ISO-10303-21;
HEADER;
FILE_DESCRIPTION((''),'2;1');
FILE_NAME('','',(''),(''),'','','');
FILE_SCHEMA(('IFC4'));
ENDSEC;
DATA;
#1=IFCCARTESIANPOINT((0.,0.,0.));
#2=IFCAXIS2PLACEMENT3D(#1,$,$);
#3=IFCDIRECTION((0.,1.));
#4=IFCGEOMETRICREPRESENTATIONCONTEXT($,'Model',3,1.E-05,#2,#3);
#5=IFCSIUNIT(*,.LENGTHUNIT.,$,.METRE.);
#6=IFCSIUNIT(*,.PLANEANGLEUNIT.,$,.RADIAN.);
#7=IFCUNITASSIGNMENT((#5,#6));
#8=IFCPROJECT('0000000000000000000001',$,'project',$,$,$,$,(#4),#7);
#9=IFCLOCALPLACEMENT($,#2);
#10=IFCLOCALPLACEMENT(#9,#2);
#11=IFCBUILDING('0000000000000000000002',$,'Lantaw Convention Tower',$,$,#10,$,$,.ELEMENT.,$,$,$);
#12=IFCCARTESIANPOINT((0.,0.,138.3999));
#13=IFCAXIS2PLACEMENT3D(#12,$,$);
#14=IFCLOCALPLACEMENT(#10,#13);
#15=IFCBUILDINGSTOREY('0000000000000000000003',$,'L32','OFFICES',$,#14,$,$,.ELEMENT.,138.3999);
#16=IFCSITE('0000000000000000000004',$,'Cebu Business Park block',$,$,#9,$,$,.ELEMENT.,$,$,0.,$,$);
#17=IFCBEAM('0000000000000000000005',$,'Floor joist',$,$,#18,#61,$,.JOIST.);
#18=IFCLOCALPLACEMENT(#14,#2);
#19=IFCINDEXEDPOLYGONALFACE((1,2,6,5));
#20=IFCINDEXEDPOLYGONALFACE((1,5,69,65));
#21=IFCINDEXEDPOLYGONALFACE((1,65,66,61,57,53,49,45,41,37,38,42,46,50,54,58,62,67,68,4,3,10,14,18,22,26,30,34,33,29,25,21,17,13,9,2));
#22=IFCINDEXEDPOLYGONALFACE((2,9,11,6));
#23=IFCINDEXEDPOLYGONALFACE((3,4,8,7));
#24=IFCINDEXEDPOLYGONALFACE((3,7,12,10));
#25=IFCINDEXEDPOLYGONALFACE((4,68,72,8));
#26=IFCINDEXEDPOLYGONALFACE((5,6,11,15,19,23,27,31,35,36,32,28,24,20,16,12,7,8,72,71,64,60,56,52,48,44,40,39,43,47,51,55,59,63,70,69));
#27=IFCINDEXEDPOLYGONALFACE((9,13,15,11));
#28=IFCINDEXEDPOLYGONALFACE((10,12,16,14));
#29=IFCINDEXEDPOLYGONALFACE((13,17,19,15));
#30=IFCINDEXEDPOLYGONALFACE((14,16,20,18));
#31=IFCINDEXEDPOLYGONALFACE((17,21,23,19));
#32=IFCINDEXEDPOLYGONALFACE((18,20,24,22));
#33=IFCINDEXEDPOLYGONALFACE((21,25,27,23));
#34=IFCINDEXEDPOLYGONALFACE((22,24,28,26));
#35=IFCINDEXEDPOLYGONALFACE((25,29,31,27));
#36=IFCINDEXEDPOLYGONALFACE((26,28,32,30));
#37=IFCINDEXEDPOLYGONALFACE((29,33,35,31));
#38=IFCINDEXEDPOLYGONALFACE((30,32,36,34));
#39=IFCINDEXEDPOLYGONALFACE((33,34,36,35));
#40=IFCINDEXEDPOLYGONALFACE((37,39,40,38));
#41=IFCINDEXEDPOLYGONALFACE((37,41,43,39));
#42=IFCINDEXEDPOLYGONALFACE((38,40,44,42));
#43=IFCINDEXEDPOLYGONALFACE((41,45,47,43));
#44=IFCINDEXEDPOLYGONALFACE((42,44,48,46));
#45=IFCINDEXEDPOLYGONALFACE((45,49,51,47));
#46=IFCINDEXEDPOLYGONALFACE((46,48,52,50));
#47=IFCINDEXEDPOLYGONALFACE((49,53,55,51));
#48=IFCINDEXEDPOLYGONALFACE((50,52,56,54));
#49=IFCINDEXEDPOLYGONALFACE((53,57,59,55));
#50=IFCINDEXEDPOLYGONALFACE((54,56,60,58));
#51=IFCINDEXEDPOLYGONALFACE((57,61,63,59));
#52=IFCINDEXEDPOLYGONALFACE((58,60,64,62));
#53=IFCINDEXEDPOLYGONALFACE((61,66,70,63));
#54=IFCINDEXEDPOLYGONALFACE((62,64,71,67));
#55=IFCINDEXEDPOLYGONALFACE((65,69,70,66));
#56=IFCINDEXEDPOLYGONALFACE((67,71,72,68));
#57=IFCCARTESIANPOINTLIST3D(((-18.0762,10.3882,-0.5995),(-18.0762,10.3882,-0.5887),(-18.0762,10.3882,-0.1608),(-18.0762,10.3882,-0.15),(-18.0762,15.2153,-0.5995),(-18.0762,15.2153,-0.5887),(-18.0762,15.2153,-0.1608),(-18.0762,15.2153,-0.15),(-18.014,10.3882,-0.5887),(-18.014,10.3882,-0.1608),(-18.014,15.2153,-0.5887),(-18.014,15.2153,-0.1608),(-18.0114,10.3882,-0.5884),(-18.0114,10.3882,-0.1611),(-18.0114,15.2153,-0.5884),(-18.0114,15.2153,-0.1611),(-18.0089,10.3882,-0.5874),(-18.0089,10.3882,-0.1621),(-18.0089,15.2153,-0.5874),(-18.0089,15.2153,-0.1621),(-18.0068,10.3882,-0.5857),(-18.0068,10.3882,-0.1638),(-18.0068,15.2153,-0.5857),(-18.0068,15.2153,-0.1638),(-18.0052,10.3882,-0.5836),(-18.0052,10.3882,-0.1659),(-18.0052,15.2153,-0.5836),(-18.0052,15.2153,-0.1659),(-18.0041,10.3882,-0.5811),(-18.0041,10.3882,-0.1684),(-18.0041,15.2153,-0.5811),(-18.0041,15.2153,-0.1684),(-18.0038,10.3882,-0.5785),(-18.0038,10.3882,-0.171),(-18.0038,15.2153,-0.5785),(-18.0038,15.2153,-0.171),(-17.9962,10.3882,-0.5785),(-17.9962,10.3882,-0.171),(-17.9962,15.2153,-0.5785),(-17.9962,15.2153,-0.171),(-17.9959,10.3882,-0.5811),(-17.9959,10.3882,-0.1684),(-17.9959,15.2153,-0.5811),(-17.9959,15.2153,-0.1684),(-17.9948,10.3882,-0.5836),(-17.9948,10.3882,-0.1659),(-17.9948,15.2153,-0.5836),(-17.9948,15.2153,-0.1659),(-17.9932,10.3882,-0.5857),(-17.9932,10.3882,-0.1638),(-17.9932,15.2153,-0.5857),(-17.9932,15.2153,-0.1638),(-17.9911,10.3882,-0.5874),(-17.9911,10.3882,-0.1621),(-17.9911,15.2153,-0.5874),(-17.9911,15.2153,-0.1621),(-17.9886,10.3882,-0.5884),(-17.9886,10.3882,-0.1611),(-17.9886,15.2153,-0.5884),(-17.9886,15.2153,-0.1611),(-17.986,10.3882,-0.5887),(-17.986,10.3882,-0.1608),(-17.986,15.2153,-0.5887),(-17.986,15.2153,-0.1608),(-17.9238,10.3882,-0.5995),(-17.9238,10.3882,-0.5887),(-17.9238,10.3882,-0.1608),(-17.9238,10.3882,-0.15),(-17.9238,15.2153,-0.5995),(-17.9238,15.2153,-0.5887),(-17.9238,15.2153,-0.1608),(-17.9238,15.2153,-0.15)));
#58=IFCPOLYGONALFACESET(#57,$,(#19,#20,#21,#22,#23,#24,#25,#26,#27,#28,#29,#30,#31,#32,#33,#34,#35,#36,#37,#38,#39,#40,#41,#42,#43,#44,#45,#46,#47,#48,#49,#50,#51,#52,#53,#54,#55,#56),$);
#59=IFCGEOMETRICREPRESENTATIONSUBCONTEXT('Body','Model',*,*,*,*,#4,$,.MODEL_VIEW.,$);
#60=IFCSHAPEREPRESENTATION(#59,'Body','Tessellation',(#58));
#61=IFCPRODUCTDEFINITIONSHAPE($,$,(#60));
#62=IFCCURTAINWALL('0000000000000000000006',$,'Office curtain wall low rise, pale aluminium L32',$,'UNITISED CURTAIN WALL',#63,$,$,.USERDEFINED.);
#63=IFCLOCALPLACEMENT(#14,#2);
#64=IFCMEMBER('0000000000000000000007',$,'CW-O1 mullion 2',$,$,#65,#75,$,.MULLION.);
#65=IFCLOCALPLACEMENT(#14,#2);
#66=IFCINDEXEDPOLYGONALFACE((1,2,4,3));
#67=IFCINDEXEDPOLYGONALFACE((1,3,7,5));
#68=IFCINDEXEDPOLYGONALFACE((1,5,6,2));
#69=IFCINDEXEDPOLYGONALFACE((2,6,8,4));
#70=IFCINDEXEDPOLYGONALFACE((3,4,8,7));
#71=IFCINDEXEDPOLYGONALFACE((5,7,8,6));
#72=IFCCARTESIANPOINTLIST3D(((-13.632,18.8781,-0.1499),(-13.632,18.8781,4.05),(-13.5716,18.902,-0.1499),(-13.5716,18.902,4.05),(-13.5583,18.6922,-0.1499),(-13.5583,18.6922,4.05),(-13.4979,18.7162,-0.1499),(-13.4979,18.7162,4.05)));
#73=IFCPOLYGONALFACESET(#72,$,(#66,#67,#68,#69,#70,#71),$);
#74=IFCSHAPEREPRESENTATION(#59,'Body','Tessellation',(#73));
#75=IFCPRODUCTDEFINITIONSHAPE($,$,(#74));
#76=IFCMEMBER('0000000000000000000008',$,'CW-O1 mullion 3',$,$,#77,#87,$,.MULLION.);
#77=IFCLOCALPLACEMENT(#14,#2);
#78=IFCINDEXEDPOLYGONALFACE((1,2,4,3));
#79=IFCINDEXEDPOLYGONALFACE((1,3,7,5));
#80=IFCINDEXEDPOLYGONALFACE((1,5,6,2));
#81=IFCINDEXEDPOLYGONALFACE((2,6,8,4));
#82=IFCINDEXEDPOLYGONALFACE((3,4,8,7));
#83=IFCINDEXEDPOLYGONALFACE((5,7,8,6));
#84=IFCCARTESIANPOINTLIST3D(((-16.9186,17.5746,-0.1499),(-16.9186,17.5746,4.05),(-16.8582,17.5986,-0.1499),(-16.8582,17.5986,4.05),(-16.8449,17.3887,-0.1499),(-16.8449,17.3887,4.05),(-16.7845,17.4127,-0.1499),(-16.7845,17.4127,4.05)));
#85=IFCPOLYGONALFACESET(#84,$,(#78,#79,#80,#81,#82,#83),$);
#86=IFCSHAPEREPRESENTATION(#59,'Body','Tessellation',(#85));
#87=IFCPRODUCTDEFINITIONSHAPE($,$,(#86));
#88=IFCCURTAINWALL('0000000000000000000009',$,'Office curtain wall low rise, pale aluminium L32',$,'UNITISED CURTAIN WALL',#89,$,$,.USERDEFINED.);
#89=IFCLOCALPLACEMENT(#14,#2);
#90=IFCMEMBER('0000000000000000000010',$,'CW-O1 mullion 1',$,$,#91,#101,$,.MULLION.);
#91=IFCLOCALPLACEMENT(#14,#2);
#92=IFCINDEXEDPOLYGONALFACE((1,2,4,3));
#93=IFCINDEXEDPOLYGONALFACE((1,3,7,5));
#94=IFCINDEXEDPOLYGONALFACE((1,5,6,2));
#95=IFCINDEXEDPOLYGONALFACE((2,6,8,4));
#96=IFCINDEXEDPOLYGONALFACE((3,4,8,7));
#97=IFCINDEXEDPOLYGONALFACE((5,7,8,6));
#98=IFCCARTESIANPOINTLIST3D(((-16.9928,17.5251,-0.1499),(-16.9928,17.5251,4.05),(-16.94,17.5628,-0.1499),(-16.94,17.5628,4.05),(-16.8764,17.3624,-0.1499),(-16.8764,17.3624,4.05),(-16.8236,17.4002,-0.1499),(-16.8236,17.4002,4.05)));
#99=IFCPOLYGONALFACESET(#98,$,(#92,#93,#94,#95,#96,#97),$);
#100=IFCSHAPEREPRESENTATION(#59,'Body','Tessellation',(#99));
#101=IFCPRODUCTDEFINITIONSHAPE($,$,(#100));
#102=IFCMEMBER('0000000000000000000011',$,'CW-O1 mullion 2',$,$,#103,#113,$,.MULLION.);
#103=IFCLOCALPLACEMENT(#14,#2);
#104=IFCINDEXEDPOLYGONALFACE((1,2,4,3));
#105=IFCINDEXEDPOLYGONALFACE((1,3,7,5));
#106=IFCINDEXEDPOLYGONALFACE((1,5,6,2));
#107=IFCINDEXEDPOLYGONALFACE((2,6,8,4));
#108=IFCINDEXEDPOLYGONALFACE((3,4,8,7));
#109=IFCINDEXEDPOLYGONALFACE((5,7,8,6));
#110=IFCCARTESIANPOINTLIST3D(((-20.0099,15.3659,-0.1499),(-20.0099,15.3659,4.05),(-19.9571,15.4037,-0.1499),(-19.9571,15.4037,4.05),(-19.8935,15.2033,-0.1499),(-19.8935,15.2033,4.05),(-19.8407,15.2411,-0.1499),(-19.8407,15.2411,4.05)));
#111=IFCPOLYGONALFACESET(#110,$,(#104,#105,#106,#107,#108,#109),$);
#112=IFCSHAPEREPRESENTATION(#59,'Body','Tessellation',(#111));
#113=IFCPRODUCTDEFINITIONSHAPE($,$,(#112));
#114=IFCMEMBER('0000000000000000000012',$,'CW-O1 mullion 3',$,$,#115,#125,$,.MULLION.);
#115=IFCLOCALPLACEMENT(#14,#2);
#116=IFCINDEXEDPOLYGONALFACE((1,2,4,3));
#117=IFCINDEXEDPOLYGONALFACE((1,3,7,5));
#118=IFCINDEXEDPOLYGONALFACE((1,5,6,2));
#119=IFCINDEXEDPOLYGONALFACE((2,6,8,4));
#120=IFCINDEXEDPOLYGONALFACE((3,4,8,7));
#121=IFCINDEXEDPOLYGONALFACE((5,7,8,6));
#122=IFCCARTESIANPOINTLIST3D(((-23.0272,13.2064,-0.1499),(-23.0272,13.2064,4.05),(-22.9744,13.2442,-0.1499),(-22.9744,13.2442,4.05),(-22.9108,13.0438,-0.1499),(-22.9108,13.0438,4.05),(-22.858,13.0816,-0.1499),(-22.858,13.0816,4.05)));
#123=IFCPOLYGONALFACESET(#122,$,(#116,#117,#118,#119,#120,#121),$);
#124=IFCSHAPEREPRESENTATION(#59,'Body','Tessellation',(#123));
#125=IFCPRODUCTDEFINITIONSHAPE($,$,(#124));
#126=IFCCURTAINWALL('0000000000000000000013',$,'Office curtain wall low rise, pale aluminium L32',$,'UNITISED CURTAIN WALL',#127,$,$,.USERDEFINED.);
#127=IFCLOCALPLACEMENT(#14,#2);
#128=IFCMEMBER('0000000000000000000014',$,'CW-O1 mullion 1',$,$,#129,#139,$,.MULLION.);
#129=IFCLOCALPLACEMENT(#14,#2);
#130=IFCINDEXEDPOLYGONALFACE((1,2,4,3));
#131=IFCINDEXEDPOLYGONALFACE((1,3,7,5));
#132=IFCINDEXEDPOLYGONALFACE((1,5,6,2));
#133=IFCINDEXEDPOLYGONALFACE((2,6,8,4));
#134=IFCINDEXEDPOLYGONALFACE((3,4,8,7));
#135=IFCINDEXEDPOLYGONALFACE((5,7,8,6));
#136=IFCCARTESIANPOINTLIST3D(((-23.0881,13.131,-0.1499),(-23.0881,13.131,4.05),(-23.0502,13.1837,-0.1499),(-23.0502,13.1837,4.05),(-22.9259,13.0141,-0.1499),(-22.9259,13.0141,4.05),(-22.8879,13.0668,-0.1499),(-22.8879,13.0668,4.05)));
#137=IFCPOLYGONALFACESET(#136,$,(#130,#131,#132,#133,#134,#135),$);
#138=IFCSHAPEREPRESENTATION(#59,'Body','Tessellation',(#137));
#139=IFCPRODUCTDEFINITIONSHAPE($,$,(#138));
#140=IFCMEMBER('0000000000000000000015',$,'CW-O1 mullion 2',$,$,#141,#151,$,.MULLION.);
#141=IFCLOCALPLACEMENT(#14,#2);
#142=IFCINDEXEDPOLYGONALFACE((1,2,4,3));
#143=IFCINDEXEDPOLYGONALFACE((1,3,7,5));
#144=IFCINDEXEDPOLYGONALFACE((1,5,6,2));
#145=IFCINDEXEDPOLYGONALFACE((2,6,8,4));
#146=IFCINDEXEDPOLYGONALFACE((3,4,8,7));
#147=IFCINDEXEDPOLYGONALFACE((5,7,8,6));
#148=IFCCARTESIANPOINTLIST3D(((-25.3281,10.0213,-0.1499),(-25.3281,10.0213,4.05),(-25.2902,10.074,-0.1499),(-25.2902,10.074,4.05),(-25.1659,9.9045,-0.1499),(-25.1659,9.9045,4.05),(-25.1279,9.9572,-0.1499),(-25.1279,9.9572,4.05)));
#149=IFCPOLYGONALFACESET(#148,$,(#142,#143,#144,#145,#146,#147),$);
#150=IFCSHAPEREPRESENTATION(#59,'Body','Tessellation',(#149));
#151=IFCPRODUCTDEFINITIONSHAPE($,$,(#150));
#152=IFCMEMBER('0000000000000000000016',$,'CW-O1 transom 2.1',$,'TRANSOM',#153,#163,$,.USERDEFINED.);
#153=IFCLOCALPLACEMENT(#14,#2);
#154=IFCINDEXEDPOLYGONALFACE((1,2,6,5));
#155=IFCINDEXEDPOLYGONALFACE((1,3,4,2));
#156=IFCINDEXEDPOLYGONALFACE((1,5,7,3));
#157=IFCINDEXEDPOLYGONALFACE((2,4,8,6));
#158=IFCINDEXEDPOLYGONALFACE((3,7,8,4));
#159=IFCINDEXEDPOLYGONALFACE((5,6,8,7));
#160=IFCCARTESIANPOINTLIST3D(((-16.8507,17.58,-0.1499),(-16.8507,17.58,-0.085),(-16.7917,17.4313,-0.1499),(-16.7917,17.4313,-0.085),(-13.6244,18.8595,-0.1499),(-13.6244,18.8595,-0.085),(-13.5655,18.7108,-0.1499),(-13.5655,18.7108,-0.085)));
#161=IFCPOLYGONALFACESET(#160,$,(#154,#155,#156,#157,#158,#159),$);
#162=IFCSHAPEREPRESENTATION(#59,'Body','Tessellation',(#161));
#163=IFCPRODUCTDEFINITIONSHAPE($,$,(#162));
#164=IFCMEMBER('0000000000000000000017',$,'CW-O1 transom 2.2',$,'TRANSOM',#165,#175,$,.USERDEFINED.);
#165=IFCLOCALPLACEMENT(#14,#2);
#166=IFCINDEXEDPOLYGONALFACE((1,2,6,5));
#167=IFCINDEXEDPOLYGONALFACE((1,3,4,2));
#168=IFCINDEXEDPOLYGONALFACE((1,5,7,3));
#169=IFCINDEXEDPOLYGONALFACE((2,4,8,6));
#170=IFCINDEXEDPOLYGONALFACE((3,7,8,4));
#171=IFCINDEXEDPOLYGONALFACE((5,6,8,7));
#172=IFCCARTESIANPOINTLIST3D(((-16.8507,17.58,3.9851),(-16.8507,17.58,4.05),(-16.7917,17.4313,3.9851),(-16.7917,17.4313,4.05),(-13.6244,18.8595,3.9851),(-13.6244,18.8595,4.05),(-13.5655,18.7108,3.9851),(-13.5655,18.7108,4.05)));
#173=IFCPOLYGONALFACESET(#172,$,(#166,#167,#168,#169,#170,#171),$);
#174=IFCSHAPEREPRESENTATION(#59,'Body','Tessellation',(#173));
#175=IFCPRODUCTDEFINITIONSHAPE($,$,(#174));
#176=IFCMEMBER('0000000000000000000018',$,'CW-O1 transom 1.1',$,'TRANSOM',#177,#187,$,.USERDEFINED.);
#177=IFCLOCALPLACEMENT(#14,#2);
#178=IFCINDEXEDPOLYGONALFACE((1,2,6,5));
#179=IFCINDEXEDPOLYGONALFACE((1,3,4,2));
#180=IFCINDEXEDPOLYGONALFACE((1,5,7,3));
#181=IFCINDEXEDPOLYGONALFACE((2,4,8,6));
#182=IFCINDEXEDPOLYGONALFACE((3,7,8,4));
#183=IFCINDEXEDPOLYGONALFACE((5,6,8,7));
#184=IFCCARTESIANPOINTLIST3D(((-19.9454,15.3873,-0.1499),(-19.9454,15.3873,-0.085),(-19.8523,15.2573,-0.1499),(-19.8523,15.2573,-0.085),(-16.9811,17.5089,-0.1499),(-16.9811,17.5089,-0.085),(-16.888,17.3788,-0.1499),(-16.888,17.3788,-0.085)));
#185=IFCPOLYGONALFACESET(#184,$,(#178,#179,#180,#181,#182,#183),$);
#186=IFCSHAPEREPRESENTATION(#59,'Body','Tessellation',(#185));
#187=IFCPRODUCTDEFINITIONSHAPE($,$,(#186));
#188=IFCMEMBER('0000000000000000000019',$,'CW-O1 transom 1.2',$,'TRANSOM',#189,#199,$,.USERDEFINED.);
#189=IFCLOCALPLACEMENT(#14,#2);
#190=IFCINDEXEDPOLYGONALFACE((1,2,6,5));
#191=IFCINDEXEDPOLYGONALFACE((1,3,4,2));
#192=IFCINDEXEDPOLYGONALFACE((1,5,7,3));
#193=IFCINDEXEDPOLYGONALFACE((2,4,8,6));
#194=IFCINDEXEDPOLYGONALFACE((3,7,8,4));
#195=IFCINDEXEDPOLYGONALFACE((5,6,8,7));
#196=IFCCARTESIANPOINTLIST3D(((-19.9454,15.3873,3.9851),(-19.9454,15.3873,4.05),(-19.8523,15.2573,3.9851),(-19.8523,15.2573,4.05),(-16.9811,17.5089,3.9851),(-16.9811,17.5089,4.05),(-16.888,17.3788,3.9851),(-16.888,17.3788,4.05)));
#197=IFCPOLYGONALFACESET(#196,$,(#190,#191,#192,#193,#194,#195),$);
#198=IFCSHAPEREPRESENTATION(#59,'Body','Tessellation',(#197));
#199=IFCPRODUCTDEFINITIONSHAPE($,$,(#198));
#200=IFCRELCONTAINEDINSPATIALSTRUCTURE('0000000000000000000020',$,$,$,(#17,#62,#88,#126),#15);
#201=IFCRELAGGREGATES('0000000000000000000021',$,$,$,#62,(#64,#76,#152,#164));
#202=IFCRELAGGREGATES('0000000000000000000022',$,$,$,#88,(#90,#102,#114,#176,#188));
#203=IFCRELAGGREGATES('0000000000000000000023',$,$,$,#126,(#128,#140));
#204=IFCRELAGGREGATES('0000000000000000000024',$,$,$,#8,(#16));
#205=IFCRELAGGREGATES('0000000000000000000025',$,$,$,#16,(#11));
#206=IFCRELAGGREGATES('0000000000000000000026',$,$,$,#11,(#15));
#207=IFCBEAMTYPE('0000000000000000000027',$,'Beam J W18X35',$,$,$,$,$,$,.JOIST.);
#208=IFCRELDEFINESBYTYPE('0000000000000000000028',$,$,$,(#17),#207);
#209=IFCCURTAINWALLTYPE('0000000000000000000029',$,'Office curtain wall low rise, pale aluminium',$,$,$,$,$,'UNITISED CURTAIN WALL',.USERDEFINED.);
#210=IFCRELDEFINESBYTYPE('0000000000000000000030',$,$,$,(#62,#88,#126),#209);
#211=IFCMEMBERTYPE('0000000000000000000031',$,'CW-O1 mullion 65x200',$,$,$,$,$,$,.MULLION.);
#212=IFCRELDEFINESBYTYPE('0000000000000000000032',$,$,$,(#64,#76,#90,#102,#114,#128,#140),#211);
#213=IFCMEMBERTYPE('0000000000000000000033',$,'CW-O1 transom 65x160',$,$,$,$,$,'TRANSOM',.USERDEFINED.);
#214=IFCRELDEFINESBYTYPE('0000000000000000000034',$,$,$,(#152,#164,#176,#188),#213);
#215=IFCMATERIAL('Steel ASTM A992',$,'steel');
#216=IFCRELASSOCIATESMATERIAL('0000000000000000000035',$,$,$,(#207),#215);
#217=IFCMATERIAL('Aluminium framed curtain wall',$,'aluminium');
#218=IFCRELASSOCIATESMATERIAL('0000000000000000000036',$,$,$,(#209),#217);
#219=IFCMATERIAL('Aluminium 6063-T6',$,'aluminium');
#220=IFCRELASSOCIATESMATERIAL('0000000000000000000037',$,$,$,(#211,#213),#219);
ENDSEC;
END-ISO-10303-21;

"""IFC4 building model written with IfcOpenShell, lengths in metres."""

from ifc_helpers import new_model, si_unit, direction, frame, origin, origin_2d, place, context, subcontext, project, spatial, rectangle, i_section, extrude, material, material_profile, profile_set, type_object, element, aggregate, save


model = new_model("IFC4")

# Units and contexts
model_context = context("Model", 3, precision=1e-05, world=origin(), true_north=direction((0.0, 1.0)))
body_context = subcontext(model_context, "Body", "Model", "MODEL_VIEW")
ifc_project = project(units=[si_unit("LENGTHUNIT", "METRE"), si_unit("PLANEANGLEUNIT", "RADIAN")], contexts=[model_context])

# Site, building, storey
site_placement = place(None, origin())
site = spatial("IfcSite", under=ifc_project, at=site_placement, Name="Cebu Business Park block", CompositionType="ELEMENT", RefElevation=0.0)
building_placement = place(site_placement, origin())
building = spatial("IfcBuilding", under=site, at=building_placement, Name="Lantaw Convention Tower", CompositionType="ELEMENT")
storey_placement = place(building_placement, frame((0.0, 0.0, 138.3999)))
storey = spatial("IfcBuildingStorey", under=building, at=storey_placement, Name="L32", Description="OFFICES", CompositionType="ELEMENT", Elevation=138.3999)

# Beam
ifc_material_1 = material(Name="Steel ASTM A992", Category="steel")
ifc_material_profile_1 = material_profile(ifc_material_1, i_section(OverallWidth=0.1523, OverallDepth=0.4495, WebThickness=0.0076, FlangeThickness=0.0107, FilletRadius=0.0103, at=origin_2d()), Name="W18X35")
ifc_profile_set_1 = profile_set([ifc_material_profile_1], Name="Steel ASTM A992")
beam_type_1 = type_object("IfcBeamType", Name="Beam J W18X35", PredefinedType="JOIST", material=ifc_profile_set_1)
beam_1_placement = place(storey_placement, frame((-18.0, 10.3882, -0.3748), z_axis=(0.0, 1.0, 0.0), x_axis=(-1.0, 0.0, 0.0)))
element("IfcBeam", 1, at=beam_1_placement, inside=storey, type_object=beam_type_1, Name="Floor joist", PredefinedType="JOIST", context=body_context, shape_type="SweptSolid", body=[
    extrude(i_section(OverallWidth=0.1523, OverallDepth=0.4495, WebThickness=0.0076, FlangeThickness=0.0107, FilletRadius=0.0103, at=origin_2d()), origin(), (0.0, 0.0, 1.0), 4.8271),
])

# Curtain walls, members
ifc_material_2 = material(Name="Aluminium framed curtain wall", Category="aluminium")
curtain_wall_type = type_object("IfcCurtainWallType", Name="Office curtain wall low rise, pale aluminium", ElementType="UNITISED CURTAIN WALL", PredefinedType="USERDEFINED", material=ifc_material_2)
curtain_wall_1_placement = place(storey_placement, origin())
curtain_wall_1 = element("IfcCurtainWall", 2, at=curtain_wall_1_placement, inside=storey, type_object=curtain_wall_type, Name="Office curtain wall low rise, pale aluminium L32", ObjectType="UNITISED CURTAIN WALL", PredefinedType="USERDEFINED")
ifc_material_3 = material(Name="Aluminium 6063-T6", Category="aluminium")
ifc_material_profile_2 = material_profile(ifc_material_3, rectangle(XDim=0.2, YDim=0.0649, at=origin_2d()), Name="CW-O1 mullion 65x200")
ifc_profile_set_2 = profile_set([ifc_material_profile_2], Name="Aluminium 6063-T6")
member_type_1 = type_object("IfcMemberType", Name="CW-O1 mullion 65x200", PredefinedType="MULLION", material=ifc_profile_set_2)
member_1_placement = place(storey_placement, frame((-13.5649, 18.7971, -0.1499), z_axis=(0.0, 0.0, 1.0), x_axis=(0.368702, -0.929548, 0.0)))
member_1 = element("IfcMember", 3, at=member_1_placement, type_object=member_type_1, Name="CW-O1 mullion 2", PredefinedType="MULLION", context=body_context, shape_type="SweptSolid", body=[
    extrude(rectangle(XDim=0.2, YDim=0.0649, at=origin_2d()), origin(), (0.0, 0.0, 1.0), 4.2),
])
member_2_placement = place(storey_placement, frame((-16.8516, 17.4937, -0.1499), z_axis=(0.0, 0.0, 1.0), x_axis=(0.368702, -0.929548, 0.0)))
member_2 = element("IfcMember", 4, at=member_2_placement, type_object=member_type_1, Name="CW-O1 mullion 3", PredefinedType="MULLION", context=body_context, shape_type="SweptSolid", body=[
    extrude(rectangle(XDim=0.2, YDim=0.0649, at=origin_2d()), origin(), (0.0, 0.0, 1.0), 4.2),
])
curtain_wall_2_placement = place(storey_placement, origin())
curtain_wall_2 = element("IfcCurtainWall", 5, at=curtain_wall_2_placement, inside=storey, type_object=curtain_wall_type, Name="Office curtain wall low rise, pale aluminium L32", ObjectType="UNITISED CURTAIN WALL", PredefinedType="USERDEFINED")
member_3_placement = place(storey_placement, frame((-16.9082, 17.4626, -0.1499), z_axis=(0.0, 0.0, 1.0), x_axis=(0.581973, -0.813208, 0.0)))
member_3 = element("IfcMember", 6, at=member_3_placement, type_object=member_type_1, Name="CW-O1 mullion 1", PredefinedType="MULLION", context=body_context, shape_type="SweptSolid", body=[
    extrude(rectangle(XDim=0.2, YDim=0.0649, at=origin_2d()), origin(), (0.0, 0.0, 1.0), 4.2),
])
member_4_placement = place(storey_placement, frame((-19.9253, 15.3035, -0.1499), z_axis=(0.0, 0.0, 1.0), x_axis=(0.581973, -0.813208, 0.0)))
member_4 = element("IfcMember", 7, at=member_4_placement, type_object=member_type_1, Name="CW-O1 mullion 2", PredefinedType="MULLION", context=body_context, shape_type="SweptSolid", body=[
    extrude(rectangle(XDim=0.2, YDim=0.0649, at=origin_2d()), origin(), (0.0, 0.0, 1.0), 4.2),
])
member_5_placement = place(storey_placement, frame((-22.9426, 13.144, -0.1499), z_axis=(0.0, 0.0, 1.0), x_axis=(0.581973, -0.813208, 0.0)))
member_5 = element("IfcMember", 8, at=member_5_placement, type_object=member_type_1, Name="CW-O1 mullion 3", PredefinedType="MULLION", context=body_context, shape_type="SweptSolid", body=[
    extrude(rectangle(XDim=0.2, YDim=0.0649, at=origin_2d()), origin(), (0.0, 0.0, 1.0), 4.2),
])
curtain_wall_3_placement = place(storey_placement, origin())
curtain_wall_3 = element("IfcCurtainWall", 9, at=curtain_wall_3_placement, inside=storey, type_object=curtain_wall_type, Name="Office curtain wall low rise, pale aluminium L32", ObjectType="UNITISED CURTAIN WALL", PredefinedType="USERDEFINED")
member_6_placement = place(storey_placement, frame((-22.988, 13.0989, -0.1499), z_axis=(0.0, 0.0, 1.0), x_axis=(0.811385, -0.584513, 0.0)))
member_6 = element("IfcMember", 10, at=member_6_placement, type_object=member_type_1, Name="CW-O1 mullion 1", PredefinedType="MULLION", context=body_context, shape_type="SweptSolid", body=[
    extrude(rectangle(XDim=0.2, YDim=0.0649, at=origin_2d()), origin(), (0.0, 0.0, 1.0), 4.2),
])
member_7_placement = place(storey_placement, frame((-25.228, 9.9893, -0.1499), z_axis=(0.0, 0.0, 1.0), x_axis=(0.811385, -0.584513, 0.0)))
member_7 = element("IfcMember", 11, at=member_7_placement, type_object=member_type_1, Name="CW-O1 mullion 2", PredefinedType="MULLION", context=body_context, shape_type="SweptSolid", body=[
    extrude(rectangle(XDim=0.2, YDim=0.0649, at=origin_2d()), origin(), (0.0, 0.0, 1.0), 4.2),
])

# Members
ifc_material_profile_3 = material_profile(ifc_material_3, rectangle(XDim=0.1599, YDim=0.0649, at=origin_2d()), Name="CW-O1 transom 65x160")
ifc_profile_set_3 = profile_set([ifc_material_profile_3], Name="Aluminium 6063-T6")
member_type_2 = type_object("IfcMemberType", Name="CW-O1 transom 65x160", ElementType="TRANSOM", PredefinedType="USERDEFINED", material=ifc_profile_set_3)
member_8_placement = place(storey_placement, frame((-13.595, 18.7852, -0.1174), z_axis=(-0.929564, -0.36866, 0.0), x_axis=(0.36866, -0.929564, 0.0)))
member_8 = element("IfcMember", 12, at=member_8_placement, type_object=member_type_2, Name="CW-O1 transom 2.1", ObjectType="TRANSOM", PredefinedType="USERDEFINED", context=body_context, shape_type="SweptSolid", body=[
    extrude(rectangle(XDim=0.1599, YDim=0.0649, at=origin_2d()), origin(), (0.0, 0.0, 1.0), 3.4707),
])
member_9_placement = place(storey_placement, frame((-13.595, 18.7852, 4.0176), z_axis=(-0.929564, -0.36866, 0.0), x_axis=(0.36866, -0.929564, 0.0)))
member_9 = element("IfcMember", 13, at=member_9_placement, type_object=member_type_2, Name="CW-O1 transom 2.2", ObjectType="TRANSOM", PredefinedType="USERDEFINED", context=body_context, shape_type="SweptSolid", body=[
    extrude(rectangle(XDim=0.1599, YDim=0.0649, at=origin_2d()), origin(), (0.0, 0.0, 1.0), 3.4707),
])
member_10_placement = place(storey_placement, frame((-16.9346, 17.4438, -0.1174), z_axis=(-0.81319, -0.581998, 0.0), x_axis=(0.581998, -0.81319, 0.0)))
member_10 = element("IfcMember", 14, at=member_10_placement, type_object=member_type_2, Name="CW-O1 transom 1.1", ObjectType="TRANSOM", PredefinedType="USERDEFINED", context=body_context, shape_type="SweptSolid", body=[
    extrude(rectangle(XDim=0.1599, YDim=0.0649, at=origin_2d()), origin(), (0.0, 0.0, 1.0), 3.6453),
])
member_11_placement = place(storey_placement, frame((-16.9346, 17.4438, 4.0176), z_axis=(-0.81319, -0.581998, 0.0), x_axis=(0.581998, -0.81319, 0.0)))
member_11 = element("IfcMember", 15, at=member_11_placement, type_object=member_type_2, Name="CW-O1 transom 1.2", ObjectType="TRANSOM", PredefinedType="USERDEFINED", context=body_context, shape_type="SweptSolid", body=[
    extrude(rectangle(XDim=0.1599, YDim=0.0649, at=origin_2d()), origin(), (0.0, 0.0, 1.0), 3.6453),
])

aggregate(curtain_wall_1, [member_1, member_2, member_8, member_9])
aggregate(curtain_wall_2, [member_3, member_4, member_5, member_10, member_11])
aggregate(curtain_wall_3, [member_6, member_7])

save(model, "model.ifc")
